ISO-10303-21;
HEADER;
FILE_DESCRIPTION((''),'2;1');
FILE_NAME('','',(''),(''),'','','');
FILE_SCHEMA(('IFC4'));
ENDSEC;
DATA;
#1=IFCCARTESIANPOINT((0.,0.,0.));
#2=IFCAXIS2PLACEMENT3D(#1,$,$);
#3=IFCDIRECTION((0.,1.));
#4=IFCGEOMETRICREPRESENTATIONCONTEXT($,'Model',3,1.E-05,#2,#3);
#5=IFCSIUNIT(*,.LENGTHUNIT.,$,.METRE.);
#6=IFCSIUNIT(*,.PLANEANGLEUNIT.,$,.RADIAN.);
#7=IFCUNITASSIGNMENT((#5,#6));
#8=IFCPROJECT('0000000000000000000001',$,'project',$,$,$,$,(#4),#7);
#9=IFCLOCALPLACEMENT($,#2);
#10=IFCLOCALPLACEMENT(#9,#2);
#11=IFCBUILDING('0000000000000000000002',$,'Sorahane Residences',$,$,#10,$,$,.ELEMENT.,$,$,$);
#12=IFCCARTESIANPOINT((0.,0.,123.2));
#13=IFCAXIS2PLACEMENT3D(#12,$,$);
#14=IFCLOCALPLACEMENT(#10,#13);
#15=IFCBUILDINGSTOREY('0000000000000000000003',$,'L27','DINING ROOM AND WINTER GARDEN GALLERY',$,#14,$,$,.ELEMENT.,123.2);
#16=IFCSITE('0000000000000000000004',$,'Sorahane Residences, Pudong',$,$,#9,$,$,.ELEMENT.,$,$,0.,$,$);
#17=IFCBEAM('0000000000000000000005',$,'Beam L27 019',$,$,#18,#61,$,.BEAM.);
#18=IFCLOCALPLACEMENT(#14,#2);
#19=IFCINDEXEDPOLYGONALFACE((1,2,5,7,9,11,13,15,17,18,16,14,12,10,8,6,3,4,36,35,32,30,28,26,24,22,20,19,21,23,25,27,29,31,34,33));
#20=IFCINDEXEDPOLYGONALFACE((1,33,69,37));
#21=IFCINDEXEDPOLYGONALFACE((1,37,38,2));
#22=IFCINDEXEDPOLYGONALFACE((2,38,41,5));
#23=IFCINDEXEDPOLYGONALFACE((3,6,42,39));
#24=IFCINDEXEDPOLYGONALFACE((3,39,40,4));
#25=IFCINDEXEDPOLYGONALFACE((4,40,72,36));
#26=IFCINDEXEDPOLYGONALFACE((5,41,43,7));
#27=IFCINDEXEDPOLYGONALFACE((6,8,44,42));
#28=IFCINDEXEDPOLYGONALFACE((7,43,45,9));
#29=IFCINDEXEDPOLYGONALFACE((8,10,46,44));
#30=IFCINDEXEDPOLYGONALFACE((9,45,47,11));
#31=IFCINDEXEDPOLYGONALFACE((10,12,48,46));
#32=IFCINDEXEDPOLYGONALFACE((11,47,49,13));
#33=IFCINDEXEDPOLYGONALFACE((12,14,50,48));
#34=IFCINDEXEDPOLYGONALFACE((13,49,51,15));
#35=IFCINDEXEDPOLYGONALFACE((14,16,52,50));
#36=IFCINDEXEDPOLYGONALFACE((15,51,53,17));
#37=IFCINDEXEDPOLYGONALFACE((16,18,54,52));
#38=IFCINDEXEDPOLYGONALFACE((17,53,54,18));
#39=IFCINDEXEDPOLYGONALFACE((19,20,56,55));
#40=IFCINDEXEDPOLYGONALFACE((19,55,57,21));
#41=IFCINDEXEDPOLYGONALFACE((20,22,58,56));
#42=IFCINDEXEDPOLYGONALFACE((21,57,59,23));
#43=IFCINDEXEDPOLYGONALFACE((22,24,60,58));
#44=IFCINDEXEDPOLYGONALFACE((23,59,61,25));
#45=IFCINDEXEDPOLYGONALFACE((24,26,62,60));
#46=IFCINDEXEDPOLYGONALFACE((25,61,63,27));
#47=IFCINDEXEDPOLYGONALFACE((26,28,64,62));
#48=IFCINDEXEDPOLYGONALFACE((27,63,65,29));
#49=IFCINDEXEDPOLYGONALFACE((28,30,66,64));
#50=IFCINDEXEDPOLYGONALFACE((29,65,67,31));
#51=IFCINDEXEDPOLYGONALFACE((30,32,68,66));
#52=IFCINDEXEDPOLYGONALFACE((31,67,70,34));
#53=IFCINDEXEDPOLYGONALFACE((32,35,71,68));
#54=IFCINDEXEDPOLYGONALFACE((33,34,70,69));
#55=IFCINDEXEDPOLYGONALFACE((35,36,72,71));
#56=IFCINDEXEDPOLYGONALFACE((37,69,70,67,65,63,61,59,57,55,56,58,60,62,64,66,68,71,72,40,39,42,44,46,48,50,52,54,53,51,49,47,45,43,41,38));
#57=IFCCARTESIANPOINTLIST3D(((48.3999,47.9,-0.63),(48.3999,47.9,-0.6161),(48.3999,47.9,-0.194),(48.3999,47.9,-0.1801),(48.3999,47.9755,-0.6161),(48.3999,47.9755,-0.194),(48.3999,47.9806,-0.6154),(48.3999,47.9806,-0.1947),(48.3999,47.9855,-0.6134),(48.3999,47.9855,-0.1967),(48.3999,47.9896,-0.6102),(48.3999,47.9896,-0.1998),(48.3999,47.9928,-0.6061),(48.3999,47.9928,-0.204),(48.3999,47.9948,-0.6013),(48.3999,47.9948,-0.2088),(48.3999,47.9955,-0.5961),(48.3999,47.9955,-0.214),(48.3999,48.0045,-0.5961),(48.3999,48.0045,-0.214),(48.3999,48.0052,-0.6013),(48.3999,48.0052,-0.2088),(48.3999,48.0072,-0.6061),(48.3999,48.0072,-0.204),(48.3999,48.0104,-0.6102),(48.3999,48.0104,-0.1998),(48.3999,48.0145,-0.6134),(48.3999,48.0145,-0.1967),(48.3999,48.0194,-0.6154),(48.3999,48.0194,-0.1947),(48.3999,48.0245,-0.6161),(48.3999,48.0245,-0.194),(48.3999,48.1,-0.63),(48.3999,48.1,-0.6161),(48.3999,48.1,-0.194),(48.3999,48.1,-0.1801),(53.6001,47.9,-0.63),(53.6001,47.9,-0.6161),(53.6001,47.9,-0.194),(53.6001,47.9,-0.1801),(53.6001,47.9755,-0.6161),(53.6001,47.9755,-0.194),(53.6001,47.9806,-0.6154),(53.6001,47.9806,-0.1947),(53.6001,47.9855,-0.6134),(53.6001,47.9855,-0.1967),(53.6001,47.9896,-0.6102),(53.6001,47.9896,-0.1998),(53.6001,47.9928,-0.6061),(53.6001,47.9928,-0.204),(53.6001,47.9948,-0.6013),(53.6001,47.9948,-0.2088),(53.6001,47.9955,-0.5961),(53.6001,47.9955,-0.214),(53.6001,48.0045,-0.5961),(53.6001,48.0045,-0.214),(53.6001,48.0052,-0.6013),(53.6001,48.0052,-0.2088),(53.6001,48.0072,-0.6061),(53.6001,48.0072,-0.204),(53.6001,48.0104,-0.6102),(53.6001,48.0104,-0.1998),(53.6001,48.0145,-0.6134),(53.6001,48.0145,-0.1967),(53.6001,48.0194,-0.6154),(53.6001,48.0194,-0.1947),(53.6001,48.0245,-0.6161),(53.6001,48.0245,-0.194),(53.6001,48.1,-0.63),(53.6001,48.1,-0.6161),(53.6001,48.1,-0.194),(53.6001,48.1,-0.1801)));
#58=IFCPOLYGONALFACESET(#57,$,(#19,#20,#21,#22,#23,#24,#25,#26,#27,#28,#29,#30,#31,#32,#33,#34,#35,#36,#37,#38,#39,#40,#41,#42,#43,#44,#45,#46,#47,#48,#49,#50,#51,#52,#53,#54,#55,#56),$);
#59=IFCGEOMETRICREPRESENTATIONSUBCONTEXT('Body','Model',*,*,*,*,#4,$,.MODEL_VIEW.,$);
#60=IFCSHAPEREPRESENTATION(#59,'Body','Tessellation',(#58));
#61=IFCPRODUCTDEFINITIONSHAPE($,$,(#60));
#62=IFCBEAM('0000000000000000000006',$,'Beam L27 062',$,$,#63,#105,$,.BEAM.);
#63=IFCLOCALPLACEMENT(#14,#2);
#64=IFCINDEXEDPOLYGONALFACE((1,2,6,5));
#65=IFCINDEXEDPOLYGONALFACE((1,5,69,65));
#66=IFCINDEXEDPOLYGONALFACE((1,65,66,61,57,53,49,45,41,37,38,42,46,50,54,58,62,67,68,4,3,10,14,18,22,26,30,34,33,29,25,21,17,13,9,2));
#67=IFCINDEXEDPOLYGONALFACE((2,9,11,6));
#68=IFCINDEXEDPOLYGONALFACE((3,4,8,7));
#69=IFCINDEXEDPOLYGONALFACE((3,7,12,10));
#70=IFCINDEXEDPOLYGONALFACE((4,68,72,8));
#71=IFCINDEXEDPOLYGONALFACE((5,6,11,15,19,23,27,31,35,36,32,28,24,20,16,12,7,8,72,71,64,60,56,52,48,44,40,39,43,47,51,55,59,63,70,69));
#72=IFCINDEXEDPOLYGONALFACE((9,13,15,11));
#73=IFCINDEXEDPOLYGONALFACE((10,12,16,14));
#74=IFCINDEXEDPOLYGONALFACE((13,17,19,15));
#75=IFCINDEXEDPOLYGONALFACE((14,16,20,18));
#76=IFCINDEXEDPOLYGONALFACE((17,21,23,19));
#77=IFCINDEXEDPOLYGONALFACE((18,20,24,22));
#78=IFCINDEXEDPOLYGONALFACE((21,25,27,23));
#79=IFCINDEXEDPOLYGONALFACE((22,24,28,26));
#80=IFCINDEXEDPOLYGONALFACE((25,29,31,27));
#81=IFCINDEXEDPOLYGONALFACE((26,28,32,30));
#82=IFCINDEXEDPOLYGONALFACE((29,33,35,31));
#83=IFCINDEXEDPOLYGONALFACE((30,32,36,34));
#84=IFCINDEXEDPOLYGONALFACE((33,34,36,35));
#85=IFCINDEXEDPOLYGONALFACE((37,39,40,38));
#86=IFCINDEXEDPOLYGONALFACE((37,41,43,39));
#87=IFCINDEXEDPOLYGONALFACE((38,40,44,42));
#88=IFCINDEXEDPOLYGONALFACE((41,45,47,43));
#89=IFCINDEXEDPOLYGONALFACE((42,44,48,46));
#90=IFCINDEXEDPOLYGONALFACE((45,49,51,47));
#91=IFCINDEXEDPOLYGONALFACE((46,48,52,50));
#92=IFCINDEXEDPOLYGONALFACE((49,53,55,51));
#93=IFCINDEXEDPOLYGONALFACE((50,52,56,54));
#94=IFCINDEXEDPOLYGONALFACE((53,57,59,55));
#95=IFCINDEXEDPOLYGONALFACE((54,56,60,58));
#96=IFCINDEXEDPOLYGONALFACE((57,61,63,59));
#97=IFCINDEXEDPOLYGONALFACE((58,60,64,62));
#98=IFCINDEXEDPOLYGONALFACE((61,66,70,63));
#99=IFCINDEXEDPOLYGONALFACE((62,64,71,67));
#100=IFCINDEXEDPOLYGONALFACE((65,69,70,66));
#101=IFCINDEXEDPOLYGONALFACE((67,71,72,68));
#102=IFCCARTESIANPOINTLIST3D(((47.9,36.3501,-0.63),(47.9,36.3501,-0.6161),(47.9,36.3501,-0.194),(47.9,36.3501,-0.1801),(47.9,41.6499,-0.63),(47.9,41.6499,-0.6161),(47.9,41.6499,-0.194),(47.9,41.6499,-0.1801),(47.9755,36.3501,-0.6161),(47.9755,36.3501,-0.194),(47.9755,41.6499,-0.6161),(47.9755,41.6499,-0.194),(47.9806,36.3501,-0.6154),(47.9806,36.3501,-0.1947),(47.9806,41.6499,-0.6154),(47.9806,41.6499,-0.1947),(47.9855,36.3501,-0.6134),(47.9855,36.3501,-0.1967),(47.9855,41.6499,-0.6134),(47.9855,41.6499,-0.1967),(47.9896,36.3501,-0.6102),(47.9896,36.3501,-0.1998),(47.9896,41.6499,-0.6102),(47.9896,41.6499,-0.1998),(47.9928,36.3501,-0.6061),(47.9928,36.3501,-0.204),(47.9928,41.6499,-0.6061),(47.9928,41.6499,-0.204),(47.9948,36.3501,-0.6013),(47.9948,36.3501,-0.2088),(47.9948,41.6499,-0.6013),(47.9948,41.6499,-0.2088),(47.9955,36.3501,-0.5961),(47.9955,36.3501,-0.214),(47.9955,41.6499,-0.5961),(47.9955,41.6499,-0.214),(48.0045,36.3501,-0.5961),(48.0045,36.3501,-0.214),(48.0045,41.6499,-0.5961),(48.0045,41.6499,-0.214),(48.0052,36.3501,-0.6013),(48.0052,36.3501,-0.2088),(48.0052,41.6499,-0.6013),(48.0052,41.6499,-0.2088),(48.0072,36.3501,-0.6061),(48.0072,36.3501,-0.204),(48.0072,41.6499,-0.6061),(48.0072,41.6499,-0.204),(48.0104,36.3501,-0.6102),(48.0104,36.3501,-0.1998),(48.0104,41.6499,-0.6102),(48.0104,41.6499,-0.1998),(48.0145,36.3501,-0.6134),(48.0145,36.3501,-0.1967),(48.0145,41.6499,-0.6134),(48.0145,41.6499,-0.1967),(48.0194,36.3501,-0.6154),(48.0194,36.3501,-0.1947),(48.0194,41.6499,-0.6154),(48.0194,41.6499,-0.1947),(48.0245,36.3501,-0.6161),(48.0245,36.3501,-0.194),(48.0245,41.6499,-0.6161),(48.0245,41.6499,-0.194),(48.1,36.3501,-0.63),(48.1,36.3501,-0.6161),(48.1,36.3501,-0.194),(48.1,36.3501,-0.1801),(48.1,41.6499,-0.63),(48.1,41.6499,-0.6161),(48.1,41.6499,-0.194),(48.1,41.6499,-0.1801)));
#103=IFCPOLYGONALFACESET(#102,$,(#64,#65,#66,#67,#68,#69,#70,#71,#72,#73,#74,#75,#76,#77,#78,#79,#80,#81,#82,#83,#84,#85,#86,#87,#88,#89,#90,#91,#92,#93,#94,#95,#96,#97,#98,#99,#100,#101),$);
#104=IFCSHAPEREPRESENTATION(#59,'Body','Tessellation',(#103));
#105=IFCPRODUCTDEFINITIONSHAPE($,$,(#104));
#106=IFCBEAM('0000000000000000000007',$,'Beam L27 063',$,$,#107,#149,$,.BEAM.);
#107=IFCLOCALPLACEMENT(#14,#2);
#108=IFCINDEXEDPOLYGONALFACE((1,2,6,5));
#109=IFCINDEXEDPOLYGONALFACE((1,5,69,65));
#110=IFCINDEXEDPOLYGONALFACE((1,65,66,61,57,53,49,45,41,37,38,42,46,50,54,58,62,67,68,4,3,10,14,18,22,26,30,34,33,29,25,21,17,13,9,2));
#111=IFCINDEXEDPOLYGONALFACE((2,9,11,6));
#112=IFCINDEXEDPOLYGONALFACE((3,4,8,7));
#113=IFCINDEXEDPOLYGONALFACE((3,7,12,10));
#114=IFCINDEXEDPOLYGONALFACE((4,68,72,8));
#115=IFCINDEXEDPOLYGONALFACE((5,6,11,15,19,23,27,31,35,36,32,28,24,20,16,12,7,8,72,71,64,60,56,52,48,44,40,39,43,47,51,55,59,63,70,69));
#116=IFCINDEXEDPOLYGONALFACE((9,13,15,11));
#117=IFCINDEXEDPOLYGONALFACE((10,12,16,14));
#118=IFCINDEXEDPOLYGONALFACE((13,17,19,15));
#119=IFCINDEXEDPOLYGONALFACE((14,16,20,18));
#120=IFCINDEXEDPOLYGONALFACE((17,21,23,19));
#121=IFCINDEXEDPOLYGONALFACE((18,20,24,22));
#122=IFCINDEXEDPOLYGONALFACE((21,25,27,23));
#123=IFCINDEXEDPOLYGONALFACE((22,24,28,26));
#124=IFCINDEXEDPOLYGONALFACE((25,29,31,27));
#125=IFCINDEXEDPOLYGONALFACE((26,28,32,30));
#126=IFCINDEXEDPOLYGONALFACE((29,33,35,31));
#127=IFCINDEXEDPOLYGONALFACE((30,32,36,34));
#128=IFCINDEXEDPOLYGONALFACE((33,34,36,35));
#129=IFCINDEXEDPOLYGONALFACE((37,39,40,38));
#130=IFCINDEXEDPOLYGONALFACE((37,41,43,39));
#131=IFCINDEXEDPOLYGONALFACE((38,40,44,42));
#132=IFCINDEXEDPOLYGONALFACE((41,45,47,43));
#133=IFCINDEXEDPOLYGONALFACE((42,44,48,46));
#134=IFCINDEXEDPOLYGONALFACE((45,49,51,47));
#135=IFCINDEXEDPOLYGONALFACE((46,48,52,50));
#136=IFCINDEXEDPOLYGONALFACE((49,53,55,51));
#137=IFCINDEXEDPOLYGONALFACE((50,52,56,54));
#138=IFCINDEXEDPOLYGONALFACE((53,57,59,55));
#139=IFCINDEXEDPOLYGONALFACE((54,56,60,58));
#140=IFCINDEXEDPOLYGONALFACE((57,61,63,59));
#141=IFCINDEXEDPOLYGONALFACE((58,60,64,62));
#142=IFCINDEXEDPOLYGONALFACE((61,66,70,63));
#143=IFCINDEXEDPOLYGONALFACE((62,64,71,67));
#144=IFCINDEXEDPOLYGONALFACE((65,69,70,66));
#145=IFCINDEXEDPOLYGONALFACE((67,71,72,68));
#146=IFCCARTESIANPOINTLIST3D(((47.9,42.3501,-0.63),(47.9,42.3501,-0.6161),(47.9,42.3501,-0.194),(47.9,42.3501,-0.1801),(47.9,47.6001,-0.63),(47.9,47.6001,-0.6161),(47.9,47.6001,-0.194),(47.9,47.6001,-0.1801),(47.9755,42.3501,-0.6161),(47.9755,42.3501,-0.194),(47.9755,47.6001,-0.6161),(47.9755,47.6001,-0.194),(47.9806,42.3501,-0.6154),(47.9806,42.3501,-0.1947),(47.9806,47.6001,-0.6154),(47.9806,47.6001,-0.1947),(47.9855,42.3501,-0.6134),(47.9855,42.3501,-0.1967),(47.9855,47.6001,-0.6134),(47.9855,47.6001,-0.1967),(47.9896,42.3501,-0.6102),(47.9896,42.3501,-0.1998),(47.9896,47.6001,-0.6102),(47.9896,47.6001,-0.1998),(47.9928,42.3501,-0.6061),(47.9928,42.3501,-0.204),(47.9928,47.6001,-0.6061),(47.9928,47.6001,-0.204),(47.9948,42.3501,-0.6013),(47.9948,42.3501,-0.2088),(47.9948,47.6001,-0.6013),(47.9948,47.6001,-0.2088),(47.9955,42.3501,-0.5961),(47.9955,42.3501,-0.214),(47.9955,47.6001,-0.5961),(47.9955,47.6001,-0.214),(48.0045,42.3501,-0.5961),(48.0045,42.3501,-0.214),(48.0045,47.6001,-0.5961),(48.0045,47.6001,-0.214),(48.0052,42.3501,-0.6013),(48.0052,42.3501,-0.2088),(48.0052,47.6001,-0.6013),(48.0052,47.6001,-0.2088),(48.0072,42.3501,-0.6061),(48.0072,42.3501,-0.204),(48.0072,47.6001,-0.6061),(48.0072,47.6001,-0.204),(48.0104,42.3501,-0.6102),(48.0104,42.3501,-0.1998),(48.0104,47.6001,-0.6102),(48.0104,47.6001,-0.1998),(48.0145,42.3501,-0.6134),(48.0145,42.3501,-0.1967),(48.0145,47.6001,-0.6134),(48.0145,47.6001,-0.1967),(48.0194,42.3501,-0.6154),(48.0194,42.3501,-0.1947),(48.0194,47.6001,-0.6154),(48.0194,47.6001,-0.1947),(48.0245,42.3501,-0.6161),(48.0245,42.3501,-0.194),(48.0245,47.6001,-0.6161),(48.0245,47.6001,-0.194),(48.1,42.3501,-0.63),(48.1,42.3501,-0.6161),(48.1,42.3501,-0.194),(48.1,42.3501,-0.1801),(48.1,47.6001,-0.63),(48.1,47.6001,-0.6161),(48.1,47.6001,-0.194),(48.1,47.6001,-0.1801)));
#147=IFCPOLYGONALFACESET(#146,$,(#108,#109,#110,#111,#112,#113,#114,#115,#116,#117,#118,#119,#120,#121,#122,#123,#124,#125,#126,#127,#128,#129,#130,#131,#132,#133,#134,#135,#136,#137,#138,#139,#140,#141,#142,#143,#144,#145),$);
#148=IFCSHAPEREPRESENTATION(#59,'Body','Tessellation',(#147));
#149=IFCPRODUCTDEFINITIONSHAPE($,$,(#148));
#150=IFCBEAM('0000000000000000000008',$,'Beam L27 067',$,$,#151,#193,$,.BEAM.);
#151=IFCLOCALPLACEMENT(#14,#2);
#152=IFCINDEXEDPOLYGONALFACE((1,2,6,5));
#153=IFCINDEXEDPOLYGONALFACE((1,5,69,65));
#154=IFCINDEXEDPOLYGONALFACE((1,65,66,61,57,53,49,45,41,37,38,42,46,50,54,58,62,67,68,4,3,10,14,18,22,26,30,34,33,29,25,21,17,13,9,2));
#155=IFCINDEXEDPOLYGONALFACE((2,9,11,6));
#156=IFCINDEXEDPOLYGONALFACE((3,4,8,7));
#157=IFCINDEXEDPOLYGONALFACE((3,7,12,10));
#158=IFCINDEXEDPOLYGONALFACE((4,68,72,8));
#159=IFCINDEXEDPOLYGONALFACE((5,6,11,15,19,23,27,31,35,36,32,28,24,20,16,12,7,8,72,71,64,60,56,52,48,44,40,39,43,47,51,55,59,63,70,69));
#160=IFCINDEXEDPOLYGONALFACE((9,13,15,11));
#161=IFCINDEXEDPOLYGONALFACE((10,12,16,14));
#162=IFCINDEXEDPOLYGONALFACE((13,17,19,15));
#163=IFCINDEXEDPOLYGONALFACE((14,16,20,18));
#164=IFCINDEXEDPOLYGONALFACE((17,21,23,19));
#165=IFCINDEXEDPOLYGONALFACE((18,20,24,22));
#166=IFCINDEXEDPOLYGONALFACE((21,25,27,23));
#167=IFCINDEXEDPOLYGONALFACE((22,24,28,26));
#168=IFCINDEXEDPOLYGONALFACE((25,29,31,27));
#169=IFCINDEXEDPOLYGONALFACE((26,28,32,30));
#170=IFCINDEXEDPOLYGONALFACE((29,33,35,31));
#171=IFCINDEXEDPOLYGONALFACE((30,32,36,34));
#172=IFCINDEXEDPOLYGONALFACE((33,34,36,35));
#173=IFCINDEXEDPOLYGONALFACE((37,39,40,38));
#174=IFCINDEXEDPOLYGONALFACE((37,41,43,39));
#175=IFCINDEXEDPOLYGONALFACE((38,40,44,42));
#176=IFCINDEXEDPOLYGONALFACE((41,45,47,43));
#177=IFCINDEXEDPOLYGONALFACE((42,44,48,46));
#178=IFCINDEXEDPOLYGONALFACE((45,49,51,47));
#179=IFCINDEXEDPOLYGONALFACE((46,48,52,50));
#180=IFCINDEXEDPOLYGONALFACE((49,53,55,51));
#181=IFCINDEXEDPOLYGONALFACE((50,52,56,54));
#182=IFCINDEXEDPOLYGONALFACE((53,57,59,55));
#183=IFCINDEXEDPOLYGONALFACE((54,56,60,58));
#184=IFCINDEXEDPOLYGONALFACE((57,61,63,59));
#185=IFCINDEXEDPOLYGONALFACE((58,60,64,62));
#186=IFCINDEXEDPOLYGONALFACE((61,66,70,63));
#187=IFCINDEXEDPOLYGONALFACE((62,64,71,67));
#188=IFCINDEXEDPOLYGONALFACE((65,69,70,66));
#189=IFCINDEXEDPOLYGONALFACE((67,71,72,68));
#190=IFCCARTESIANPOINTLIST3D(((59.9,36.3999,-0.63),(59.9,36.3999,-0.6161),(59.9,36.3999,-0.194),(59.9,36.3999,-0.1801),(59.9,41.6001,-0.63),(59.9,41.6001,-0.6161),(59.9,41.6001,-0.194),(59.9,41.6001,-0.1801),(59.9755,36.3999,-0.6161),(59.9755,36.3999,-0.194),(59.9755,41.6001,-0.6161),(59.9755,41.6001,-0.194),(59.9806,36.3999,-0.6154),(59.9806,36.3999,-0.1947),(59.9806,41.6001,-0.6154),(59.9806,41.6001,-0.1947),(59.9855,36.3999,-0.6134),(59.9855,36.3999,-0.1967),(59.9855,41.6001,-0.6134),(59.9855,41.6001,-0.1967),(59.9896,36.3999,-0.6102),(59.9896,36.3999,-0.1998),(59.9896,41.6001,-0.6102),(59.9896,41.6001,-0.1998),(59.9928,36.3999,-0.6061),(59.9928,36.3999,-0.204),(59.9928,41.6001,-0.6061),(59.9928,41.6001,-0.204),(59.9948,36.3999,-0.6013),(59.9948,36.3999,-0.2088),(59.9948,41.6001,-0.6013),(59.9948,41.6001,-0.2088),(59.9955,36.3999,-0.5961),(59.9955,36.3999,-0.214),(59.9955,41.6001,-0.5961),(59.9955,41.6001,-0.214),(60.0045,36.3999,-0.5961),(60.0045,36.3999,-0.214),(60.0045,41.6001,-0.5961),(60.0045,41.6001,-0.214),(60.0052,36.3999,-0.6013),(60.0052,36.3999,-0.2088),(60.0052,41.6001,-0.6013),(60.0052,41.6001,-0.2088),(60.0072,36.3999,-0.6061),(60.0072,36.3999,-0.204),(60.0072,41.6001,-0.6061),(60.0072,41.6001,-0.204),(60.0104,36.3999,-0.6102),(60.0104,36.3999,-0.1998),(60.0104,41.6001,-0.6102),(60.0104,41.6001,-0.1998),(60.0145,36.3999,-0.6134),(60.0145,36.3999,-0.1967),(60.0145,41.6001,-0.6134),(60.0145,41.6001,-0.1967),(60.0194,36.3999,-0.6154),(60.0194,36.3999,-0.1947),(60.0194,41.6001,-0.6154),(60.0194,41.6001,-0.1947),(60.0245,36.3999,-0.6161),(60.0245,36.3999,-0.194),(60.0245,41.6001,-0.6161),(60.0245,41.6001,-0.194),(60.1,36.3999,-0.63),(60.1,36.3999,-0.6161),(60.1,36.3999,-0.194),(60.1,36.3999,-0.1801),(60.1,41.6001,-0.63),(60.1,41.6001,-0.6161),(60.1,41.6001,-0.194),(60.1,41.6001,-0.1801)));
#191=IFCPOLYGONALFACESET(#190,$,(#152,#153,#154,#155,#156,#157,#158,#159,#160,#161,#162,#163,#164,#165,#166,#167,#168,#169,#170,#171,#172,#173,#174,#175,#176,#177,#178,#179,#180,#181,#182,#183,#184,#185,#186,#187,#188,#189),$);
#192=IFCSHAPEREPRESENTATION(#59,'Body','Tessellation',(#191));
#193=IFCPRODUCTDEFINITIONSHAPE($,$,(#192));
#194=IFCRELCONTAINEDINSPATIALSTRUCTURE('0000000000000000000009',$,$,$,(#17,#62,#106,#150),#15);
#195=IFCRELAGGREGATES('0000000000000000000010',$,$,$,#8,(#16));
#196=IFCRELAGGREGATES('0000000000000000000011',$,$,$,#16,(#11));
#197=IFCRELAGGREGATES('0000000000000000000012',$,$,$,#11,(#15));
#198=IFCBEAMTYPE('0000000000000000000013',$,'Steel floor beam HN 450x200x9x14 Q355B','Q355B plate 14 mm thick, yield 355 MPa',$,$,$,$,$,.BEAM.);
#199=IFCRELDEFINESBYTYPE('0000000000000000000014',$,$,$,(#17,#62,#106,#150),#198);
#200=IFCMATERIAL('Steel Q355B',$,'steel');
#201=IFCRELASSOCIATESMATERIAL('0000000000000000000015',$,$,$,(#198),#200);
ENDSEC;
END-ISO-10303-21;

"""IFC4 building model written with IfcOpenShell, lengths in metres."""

from ifc_helpers import new_model, si_unit, direction, frame, origin, origin_2d, place, context, subcontext, project, spatial, i_section, extrude, material, material_profile, profile_set, type_object, element, save


model = new_model("IFC4")

# Units and contexts
model_context = context("Model", 3, precision=1e-05, world=origin(), true_north=direction((0.0, 1.0)))
body_context = subcontext(model_context, "Body", "Model", "MODEL_VIEW")
ifc_project = project(units=[si_unit("LENGTHUNIT", "METRE"), si_unit("PLANEANGLEUNIT", "RADIAN")], contexts=[model_context])

# Site, building, storey
site_placement = place(None, origin())
site = spatial("IfcSite", under=ifc_project, at=site_placement, Name="Sorahane Residences, Pudong", CompositionType="ELEMENT", RefElevation=0.0)
building_placement = place(site_placement, origin())
building = spatial("IfcBuilding", under=site, at=building_placement, Name="Sorahane Residences", CompositionType="ELEMENT")
storey_placement = place(building_placement, frame((0.0, 0.0, 123.2)))
storey = spatial("IfcBuildingStorey", under=building, at=storey_placement, Name="L27", Description="DINING ROOM AND WINTER GARDEN GALLERY", CompositionType="ELEMENT", Elevation=123.2)

# Beams
ifc_material_1 = material(Name="Steel Q355B", Category="steel")
ifc_material_profile_1 = material_profile(ifc_material_1, i_section(OverallWidth=0.2, OverallDepth=0.45, WebThickness=0.009, FlangeThickness=0.0139, FilletRadius=0.02, at=origin_2d()), Name="HN 450x200x9x14")
ifc_profile_set_1 = profile_set([ifc_material_profile_1], Name="Steel Q355B")
beam_type_1 = type_object("IfcBeamType", Name="Steel floor beam HN 450x200x9x14 Q355B", Description="Q355B plate 14 mm thick, yield 355 MPa", PredefinedType="BEAM", material=ifc_profile_set_1)
beam_1_placement = place(storey_placement, frame((48.3999, 48.0, -0.405), z_axis=(1.0, 0.0, 0.0), x_axis=(0.0, 1.0, 0.0)))
element("IfcBeam", 1, at=beam_1_placement, inside=storey, type_object=beam_type_1, Name="Beam L27 019", PredefinedType="BEAM", context=body_context, shape_type="SweptSolid", body=[
    extrude(i_section(OverallWidth=0.2, OverallDepth=0.45, WebThickness=0.009, FlangeThickness=0.0139, FilletRadius=0.02, at=origin_2d()), origin(), (0.0, 0.0, 1.0), 5.2002),
])
beam_2_placement = place(storey_placement, frame((48.0, 36.3501, -0.405), z_axis=(0.0, 1.0, 0.0), x_axis=(-1.0, 0.0, 0.0)))
element("IfcBeam", 2, at=beam_2_placement, inside=storey, type_object=beam_type_1, Name="Beam L27 062", PredefinedType="BEAM", context=body_context, shape_type="SweptSolid", body=[
    extrude(i_section(OverallWidth=0.2, OverallDepth=0.45, WebThickness=0.009, FlangeThickness=0.0139, FilletRadius=0.02, at=origin_2d()), origin(), (0.0, 0.0, 1.0), 5.2998),
])
beam_3_placement = place(storey_placement, frame((48.0, 42.3501, -0.405), z_axis=(0.0, 1.0, 0.0), x_axis=(-1.0, 0.0, 0.0)))
element("IfcBeam", 3, at=beam_3_placement, inside=storey, type_object=beam_type_1, Name="Beam L27 063", PredefinedType="BEAM", context=body_context, shape_type="SweptSolid", body=[
    extrude(i_section(OverallWidth=0.2, OverallDepth=0.45, WebThickness=0.009, FlangeThickness=0.0139, FilletRadius=0.02, at=origin_2d()), origin(), (0.0, 0.0, 1.0), 5.25),
])
beam_4_placement = place(storey_placement, frame((60.0, 36.3999, -0.405), z_axis=(0.0, 1.0, 0.0), x_axis=(-1.0, 0.0, 0.0)))
element("IfcBeam", 4, at=beam_4_placement, inside=storey, type_object=beam_type_1, Name="Beam L27 067", PredefinedType="BEAM", context=body_context, shape_type="SweptSolid", body=[
    extrude(i_section(OverallWidth=0.2, OverallDepth=0.45, WebThickness=0.009, FlangeThickness=0.0139, FilletRadius=0.02, at=origin_2d()), origin(), (0.0, 0.0, 1.0), 5.2002),
])

save(model, "model.ifc")
